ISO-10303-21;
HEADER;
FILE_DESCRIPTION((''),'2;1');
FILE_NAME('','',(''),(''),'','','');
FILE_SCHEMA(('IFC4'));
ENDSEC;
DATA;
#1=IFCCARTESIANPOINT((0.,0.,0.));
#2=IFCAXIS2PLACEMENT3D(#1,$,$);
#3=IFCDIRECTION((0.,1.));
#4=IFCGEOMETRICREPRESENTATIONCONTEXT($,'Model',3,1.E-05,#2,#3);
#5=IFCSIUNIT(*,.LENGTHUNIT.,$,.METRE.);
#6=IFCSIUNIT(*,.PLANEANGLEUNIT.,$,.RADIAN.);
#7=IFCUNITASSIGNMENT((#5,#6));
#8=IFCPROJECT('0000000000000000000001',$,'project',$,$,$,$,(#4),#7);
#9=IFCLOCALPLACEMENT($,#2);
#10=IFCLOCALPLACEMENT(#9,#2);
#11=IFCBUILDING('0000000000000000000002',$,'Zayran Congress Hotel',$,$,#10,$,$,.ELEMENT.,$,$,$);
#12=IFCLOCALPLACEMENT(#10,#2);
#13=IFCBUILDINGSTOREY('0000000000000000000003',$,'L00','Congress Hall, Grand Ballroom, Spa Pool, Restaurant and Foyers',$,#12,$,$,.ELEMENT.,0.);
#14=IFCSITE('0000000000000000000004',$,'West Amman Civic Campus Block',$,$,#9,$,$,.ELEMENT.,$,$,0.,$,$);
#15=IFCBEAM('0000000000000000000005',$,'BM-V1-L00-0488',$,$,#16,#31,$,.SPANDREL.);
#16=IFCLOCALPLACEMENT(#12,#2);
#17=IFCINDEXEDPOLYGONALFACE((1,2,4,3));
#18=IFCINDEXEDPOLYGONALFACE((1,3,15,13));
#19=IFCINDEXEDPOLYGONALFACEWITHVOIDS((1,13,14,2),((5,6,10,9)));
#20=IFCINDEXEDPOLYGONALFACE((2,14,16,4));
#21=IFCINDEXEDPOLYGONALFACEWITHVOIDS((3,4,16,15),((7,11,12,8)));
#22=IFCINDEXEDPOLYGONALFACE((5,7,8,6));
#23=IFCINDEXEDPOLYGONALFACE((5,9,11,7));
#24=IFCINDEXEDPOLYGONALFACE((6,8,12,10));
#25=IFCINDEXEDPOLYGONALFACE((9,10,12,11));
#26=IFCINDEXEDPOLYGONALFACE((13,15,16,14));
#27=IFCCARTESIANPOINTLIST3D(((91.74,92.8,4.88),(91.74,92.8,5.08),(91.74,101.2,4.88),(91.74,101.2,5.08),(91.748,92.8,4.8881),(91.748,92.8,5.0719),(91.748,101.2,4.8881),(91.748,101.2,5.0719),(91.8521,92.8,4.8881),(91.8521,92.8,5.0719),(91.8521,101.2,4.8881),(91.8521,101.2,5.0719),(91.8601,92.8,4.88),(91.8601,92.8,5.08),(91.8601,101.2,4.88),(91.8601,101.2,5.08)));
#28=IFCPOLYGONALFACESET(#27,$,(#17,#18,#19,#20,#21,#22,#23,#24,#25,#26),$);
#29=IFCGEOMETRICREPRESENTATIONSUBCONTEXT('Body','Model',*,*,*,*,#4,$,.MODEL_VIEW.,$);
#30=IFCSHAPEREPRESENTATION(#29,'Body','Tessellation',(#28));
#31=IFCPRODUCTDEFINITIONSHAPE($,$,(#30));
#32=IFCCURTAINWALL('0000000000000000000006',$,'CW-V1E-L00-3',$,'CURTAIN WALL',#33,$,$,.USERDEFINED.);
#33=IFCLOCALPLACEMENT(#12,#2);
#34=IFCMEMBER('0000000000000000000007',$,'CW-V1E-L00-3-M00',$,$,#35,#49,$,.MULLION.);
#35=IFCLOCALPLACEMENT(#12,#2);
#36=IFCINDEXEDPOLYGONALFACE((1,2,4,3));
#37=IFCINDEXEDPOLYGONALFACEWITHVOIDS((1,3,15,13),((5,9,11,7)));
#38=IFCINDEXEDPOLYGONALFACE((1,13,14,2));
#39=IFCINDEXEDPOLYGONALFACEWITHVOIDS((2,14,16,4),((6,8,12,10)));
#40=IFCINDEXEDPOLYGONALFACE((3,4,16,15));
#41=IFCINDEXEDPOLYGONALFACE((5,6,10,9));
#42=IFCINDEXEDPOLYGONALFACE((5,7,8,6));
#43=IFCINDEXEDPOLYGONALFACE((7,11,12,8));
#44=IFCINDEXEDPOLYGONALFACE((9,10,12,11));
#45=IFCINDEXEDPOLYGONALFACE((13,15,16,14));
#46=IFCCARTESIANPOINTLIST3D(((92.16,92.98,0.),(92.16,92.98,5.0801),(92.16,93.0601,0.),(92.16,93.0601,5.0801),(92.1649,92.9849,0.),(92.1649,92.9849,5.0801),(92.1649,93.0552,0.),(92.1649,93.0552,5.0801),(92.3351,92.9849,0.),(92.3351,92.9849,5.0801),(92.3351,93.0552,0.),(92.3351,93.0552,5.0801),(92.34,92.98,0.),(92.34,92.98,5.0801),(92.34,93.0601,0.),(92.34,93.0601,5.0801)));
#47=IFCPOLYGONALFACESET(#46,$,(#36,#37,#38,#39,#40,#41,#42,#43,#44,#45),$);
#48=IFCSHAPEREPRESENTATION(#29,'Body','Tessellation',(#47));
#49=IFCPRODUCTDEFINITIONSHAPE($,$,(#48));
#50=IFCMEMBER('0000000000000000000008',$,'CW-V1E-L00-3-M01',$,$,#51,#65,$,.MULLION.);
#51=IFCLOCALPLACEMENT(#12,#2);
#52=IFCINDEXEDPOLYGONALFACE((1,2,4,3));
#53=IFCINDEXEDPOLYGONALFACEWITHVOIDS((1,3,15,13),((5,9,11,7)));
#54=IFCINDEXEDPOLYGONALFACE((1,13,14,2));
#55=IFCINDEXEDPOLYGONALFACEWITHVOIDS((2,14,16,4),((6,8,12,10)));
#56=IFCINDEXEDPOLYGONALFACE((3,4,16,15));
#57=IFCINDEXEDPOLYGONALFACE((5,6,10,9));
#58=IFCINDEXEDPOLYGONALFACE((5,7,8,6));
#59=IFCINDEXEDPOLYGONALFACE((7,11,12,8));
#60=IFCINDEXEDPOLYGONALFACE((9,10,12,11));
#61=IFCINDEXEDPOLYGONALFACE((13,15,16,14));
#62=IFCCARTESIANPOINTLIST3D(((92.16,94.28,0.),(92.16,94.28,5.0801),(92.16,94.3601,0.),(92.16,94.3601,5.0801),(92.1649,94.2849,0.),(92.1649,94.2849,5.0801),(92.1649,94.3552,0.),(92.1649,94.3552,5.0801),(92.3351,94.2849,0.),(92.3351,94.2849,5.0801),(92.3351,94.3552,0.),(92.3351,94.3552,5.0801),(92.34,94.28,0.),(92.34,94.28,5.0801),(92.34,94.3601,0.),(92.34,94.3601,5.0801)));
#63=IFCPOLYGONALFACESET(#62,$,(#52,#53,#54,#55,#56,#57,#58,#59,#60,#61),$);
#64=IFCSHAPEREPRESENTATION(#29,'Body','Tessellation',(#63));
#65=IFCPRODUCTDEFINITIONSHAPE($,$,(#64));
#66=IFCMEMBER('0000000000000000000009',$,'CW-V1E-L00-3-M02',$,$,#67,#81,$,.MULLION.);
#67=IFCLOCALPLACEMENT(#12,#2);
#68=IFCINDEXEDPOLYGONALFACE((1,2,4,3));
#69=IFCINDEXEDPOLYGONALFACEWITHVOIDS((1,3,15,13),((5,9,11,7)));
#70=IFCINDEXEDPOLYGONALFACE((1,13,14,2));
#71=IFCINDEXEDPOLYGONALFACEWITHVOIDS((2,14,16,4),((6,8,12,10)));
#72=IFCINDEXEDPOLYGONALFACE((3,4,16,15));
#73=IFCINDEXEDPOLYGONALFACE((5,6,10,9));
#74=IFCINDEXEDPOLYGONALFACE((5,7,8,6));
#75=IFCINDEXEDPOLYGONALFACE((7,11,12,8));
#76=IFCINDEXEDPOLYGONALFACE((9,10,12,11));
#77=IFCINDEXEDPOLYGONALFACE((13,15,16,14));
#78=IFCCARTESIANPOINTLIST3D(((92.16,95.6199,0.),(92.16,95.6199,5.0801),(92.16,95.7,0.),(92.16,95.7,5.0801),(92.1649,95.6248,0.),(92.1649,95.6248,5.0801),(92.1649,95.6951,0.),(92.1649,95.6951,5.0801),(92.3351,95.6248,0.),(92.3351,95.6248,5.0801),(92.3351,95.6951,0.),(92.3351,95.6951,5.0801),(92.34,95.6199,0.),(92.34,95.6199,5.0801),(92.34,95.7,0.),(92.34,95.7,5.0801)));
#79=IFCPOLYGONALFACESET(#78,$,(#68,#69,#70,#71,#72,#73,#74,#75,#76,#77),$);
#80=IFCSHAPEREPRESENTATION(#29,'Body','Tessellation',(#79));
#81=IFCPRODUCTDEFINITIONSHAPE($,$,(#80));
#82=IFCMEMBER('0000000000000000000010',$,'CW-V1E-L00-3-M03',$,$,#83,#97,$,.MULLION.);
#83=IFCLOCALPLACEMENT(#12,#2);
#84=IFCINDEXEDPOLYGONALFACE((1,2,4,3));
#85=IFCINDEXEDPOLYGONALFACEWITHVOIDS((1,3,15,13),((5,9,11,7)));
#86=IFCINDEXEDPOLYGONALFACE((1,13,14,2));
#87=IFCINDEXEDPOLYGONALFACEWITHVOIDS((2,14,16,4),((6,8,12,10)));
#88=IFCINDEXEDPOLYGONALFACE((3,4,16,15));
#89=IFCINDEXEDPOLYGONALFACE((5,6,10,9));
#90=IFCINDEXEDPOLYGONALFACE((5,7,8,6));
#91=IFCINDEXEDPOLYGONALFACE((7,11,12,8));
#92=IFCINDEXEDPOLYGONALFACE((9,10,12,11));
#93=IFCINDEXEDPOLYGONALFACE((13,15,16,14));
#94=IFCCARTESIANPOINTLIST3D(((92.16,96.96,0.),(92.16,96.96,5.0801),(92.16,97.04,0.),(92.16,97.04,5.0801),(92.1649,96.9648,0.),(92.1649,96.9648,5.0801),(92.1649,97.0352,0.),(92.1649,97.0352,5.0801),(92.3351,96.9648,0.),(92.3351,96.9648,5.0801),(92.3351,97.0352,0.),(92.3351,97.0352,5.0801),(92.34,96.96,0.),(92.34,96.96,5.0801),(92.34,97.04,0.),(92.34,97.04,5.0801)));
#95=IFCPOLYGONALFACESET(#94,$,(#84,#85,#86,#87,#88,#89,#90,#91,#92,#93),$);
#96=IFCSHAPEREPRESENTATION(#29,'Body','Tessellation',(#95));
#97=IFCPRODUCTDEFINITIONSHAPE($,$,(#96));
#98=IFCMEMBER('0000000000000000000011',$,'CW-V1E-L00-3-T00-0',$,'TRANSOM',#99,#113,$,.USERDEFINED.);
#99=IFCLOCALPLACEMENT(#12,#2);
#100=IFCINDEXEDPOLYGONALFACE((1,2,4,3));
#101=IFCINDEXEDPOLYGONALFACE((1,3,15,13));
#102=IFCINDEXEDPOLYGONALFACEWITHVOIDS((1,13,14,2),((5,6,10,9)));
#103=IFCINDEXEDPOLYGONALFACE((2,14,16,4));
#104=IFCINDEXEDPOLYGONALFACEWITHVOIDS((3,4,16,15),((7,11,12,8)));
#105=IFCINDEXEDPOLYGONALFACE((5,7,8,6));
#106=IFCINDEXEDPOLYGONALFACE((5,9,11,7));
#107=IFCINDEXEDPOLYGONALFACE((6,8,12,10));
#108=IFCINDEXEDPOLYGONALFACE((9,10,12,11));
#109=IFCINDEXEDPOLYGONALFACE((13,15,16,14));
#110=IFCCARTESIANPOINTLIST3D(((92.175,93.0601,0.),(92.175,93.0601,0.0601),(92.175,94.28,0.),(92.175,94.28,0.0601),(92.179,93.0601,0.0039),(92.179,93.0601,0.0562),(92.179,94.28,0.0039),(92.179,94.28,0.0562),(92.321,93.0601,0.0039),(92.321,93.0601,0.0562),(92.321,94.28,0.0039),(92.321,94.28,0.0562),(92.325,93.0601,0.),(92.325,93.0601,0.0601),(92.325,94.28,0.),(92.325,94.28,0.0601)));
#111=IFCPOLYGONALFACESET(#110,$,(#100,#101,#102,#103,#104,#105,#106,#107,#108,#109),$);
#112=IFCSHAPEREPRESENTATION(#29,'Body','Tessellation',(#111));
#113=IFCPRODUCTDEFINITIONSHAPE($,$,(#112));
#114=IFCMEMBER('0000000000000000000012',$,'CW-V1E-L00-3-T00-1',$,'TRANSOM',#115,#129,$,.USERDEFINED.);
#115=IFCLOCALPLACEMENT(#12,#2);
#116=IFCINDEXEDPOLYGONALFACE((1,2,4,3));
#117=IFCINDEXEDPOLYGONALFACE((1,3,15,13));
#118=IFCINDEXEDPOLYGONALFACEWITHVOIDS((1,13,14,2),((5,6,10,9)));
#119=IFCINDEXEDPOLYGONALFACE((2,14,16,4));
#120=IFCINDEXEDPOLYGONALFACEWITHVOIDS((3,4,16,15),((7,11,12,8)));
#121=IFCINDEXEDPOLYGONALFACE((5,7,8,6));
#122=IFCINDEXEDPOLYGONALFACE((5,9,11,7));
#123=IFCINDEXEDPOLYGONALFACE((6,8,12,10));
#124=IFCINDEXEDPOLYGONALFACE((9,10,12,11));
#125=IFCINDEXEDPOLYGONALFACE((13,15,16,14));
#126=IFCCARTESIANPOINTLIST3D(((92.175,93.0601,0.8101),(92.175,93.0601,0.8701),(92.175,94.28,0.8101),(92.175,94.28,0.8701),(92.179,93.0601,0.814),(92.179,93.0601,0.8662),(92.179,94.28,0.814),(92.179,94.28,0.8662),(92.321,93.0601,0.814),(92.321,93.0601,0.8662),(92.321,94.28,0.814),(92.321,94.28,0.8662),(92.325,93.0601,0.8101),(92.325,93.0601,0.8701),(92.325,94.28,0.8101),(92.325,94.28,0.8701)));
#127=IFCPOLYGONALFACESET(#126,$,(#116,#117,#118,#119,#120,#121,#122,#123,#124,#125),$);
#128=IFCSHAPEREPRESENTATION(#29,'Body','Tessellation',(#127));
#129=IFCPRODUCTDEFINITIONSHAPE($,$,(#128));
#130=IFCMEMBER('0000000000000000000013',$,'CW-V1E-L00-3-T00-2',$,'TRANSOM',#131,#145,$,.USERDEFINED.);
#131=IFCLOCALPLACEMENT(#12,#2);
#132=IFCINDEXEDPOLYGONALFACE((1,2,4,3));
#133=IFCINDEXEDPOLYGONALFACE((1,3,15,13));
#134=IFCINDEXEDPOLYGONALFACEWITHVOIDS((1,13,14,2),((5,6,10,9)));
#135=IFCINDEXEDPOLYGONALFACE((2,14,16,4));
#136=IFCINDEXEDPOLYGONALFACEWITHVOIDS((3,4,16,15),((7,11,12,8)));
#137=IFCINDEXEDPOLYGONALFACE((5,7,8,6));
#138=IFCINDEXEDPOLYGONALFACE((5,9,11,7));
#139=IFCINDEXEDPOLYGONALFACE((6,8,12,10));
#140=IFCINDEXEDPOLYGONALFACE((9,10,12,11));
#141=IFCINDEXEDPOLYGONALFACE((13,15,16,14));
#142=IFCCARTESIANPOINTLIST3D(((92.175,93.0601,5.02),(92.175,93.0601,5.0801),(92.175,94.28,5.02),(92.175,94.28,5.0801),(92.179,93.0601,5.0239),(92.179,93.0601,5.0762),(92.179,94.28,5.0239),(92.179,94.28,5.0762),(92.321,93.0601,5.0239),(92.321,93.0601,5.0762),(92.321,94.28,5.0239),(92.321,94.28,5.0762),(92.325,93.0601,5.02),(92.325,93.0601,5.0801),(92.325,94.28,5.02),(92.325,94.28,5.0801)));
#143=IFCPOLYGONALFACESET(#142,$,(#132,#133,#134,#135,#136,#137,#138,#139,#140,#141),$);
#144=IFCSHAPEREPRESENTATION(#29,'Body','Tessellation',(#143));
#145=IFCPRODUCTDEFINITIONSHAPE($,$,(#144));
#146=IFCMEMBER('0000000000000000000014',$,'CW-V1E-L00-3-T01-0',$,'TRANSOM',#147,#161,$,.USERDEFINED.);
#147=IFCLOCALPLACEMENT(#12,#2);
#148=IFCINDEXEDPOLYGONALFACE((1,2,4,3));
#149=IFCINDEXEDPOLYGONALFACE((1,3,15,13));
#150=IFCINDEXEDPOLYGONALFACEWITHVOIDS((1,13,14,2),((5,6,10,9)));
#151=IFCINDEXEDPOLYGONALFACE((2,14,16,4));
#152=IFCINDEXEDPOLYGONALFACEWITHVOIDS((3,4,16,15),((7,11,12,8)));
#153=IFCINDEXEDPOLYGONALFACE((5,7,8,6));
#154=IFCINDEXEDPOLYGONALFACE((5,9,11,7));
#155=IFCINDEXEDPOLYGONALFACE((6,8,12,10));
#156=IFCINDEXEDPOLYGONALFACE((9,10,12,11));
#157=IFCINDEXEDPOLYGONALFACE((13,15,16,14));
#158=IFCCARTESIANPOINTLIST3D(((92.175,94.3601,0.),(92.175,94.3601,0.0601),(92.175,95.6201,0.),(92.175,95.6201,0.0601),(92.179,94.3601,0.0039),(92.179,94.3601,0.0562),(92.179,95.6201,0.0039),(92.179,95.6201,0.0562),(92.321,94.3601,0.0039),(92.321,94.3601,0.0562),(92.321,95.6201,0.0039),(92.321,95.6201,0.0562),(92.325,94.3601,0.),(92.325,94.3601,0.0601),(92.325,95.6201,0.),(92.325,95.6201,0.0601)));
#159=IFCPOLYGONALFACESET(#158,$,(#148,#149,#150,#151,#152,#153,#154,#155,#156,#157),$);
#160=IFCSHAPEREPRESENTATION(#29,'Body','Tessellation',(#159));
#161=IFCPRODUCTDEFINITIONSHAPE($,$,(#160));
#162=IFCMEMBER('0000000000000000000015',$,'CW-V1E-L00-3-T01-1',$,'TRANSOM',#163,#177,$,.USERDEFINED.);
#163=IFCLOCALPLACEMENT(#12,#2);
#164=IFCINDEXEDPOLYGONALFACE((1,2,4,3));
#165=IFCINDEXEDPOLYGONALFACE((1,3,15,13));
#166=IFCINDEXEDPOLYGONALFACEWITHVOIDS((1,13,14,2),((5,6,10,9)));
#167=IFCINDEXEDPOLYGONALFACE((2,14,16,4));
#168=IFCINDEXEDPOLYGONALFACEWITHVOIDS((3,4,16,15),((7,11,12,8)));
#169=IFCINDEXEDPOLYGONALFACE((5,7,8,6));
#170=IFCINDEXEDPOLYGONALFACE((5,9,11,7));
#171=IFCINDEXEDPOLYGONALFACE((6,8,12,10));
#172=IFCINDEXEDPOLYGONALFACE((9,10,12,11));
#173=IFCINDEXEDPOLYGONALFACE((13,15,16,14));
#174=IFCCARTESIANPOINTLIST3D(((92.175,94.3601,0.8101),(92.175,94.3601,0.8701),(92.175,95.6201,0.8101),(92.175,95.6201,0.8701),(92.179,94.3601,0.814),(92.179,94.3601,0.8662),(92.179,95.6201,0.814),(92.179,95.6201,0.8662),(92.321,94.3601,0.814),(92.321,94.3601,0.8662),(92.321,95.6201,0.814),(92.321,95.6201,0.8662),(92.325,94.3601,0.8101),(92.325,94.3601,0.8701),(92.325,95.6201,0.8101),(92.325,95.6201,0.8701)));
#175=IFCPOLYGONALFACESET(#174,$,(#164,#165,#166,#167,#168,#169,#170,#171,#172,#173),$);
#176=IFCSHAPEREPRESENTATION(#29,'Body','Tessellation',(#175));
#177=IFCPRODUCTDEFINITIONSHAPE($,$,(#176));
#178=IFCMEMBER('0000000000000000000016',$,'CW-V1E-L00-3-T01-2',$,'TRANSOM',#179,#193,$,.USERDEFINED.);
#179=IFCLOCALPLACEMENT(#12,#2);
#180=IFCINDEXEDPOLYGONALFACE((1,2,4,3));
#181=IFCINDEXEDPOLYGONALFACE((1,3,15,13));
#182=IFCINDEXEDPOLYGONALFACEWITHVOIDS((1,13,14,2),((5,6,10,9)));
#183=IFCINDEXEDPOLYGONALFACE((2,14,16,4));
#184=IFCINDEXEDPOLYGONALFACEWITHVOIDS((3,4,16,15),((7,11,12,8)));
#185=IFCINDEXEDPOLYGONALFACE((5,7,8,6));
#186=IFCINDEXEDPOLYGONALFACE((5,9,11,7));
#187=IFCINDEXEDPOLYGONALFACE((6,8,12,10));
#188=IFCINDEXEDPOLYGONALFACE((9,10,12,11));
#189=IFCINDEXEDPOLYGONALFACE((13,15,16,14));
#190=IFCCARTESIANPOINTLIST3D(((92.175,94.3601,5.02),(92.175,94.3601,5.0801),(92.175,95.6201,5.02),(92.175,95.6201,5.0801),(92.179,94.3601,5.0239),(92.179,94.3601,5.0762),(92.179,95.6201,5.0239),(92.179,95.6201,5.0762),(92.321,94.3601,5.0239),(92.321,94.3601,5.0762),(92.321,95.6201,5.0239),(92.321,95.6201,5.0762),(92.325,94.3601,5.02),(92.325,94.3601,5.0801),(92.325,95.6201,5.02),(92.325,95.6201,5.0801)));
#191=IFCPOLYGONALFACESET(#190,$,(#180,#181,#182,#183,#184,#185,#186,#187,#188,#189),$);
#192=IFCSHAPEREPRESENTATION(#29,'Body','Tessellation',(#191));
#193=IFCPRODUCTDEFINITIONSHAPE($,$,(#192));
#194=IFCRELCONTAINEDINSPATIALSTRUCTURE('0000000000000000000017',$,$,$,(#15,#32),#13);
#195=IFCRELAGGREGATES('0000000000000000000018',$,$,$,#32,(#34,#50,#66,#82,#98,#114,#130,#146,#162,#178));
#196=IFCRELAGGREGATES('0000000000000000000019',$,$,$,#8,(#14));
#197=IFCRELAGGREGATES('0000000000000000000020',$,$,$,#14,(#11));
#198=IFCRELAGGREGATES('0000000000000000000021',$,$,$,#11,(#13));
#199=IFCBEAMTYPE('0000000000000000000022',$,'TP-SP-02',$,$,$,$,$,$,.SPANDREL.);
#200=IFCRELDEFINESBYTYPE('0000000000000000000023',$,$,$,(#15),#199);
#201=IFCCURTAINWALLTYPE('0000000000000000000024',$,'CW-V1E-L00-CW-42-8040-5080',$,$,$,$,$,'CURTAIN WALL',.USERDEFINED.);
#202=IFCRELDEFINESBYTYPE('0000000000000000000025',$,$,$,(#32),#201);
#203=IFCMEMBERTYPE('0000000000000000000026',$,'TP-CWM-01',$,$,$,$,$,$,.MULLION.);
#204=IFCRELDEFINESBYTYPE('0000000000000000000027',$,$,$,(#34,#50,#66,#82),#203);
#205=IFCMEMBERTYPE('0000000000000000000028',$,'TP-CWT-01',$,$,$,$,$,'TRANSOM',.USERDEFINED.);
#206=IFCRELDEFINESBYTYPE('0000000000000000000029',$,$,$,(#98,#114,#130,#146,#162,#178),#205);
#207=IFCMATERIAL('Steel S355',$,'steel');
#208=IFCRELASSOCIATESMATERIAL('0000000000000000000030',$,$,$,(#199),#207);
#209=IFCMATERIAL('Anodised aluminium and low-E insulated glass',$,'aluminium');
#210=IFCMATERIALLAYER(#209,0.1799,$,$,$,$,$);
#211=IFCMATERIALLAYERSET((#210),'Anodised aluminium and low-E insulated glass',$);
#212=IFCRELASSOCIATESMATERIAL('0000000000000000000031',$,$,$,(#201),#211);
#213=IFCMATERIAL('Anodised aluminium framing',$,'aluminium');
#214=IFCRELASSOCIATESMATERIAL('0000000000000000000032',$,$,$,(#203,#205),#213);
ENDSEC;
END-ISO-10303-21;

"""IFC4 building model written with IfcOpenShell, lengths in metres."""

from ifc_helpers import new_model, si_unit, direction, frame, origin, origin_2d, place, context, subcontext, project, spatial, hollow_rectangle, extrude, material, layer, layer_set, material_profile, profile_set, type_object, element, aggregate, save


model = new_model("IFC4")

# Units and contexts
model_context = context("Model", 3, precision=1e-05, world=origin(), true_north=direction((0.0, 1.0)))
body_context = subcontext(model_context, "Body", "Model", "MODEL_VIEW")
ifc_project = project(units=[si_unit("LENGTHUNIT", "METRE"), si_unit("PLANEANGLEUNIT", "RADIAN")], contexts=[model_context])

# Site, building, storey
site_placement = place(None, origin())
site = spatial("IfcSite", under=ifc_project, at=site_placement, Name="West Amman Civic Campus Block", CompositionType="ELEMENT", RefElevation=0.0)
building_placement = place(site_placement, origin())
building = spatial("IfcBuilding", under=site, at=building_placement, Name="Zayran Congress Hotel", CompositionType="ELEMENT")
storey_placement = place(building_placement, origin())
storey = spatial("IfcBuildingStorey", under=building, at=storey_placement, Name="L00", Description="Congress Hall, Grand Ballroom, Spa Pool, Restaurant and Foyers", CompositionType="ELEMENT", Elevation=0.0)

# Beam
ifc_material_1 = material(Name="Steel S355", Category="steel")
ifc_material_profile_1 = material_profile(ifc_material_1, hollow_rectangle(XDim=0.1201, YDim=0.2, WallThickness=0.0081, at=origin_2d()), Name="RHS 200x120x8")
ifc_profile_set_1 = profile_set([ifc_material_profile_1], Name="Steel S355")
beam_type = type_object("IfcBeamType", Name="TP-SP-02", PredefinedType="SPANDREL", material=ifc_profile_set_1)
beam_placement = place(storey_placement, frame((91.8, 92.8, 4.98), z_axis=(0.0, 1.0, 0.0), x_axis=(-1.0, 0.0, 0.0)))
element("IfcBeam", 1, at=beam_placement, inside=storey, type_object=beam_type, Name="BM-V1-L00-0488", PredefinedType="SPANDREL", context=body_context, shape_type="SweptSolid", body=[
    extrude(hollow_rectangle(XDim=0.1201, YDim=0.2, WallThickness=0.0081, at=origin_2d()), origin(), (0.0, 0.0, 1.0), 8.3999),
])

# Curtain wall, members
ifc_material_2 = material(Name="Anodised aluminium and low-E insulated glass", Category="aluminium")
ifc_layer_1 = layer(ifc_material_2, 0.1799)
ifc_layer_set_1 = layer_set([ifc_layer_1], Name="Anodised aluminium and low-E insulated glass")
curtain_wall_type = type_object("IfcCurtainWallType", Name="CW-V1E-L00-CW-42-8040-5080", ElementType="CURTAIN WALL", PredefinedType="USERDEFINED", material=ifc_layer_set_1)
curtain_wall_placement = place(storey_placement, origin())
curtain_wall = element("IfcCurtainWall", 2, at=curtain_wall_placement, inside=storey, type_object=curtain_wall_type, Name="CW-V1E-L00-3", ObjectType="CURTAIN WALL", PredefinedType="USERDEFINED")
ifc_material_3 = material(Name="Anodised aluminium framing", Category="aluminium")
ifc_material_profile_2 = material_profile(ifc_material_3, hollow_rectangle(XDim=0.0801, YDim=0.1799, WallThickness=0.0049, at=origin_2d()), Name="RHS 180x80x5")
ifc_profile_set_2 = profile_set([ifc_material_profile_2], Name="Anodised aluminium framing")
member_type_1 = type_object("IfcMemberType", Name="TP-CWM-01", PredefinedType="MULLION", material=ifc_profile_set_2)
member_1_placement = place(storey_placement, frame((92.25, 93.02, 0.0), z_axis=(0.0, 0.0, 1.0), x_axis=(0.0, 1.0, 0.0)))
member_1 = element("IfcMember", 3, at=member_1_placement, type_object=member_type_1, Name="CW-V1E-L00-3-M00", PredefinedType="MULLION", context=body_context, shape_type="SweptSolid", body=[
    extrude(hollow_rectangle(XDim=0.0801, YDim=0.1799, WallThickness=0.0049, at=origin_2d()), origin(), (0.0, 0.0, 1.0), 5.0801),
])
member_2_placement = place(storey_placement, frame((92.25, 94.3201, 0.0), z_axis=(0.0, 0.0, 1.0), x_axis=(0.0, 1.0, 0.0)))
member_2 = element("IfcMember", 4, at=member_2_placement, type_object=member_type_1, Name="CW-V1E-L00-3-M01", PredefinedType="MULLION", context=body_context, shape_type="SweptSolid", body=[
    extrude(hollow_rectangle(XDim=0.0801, YDim=0.1799, WallThickness=0.0049, at=origin_2d()), origin(), (0.0, 0.0, 1.0), 5.0801),
])
member_3_placement = place(storey_placement, frame((92.25, 95.6599, 0.0), z_axis=(0.0, 0.0, 1.0), x_axis=(0.0, 1.0, 0.0)))
member_3 = element("IfcMember", 5, at=member_3_placement, type_object=member_type_1, Name="CW-V1E-L00-3-M02", PredefinedType="MULLION", context=body_context, shape_type="SweptSolid", body=[
    extrude(hollow_rectangle(XDim=0.0801, YDim=0.1799, WallThickness=0.0049, at=origin_2d()), origin(), (0.0, 0.0, 1.0), 5.0801),
])
member_4_placement = place(storey_placement, frame((92.25, 97.0, 0.0), z_axis=(0.0, 0.0, 1.0), x_axis=(0.0, 1.0, 0.0)))
member_4 = element("IfcMember", 6, at=member_4_placement, type_object=member_type_1, Name="CW-V1E-L00-3-M03", PredefinedType="MULLION", context=body_context, shape_type="SweptSolid", body=[
    extrude(hollow_rectangle(XDim=0.0801, YDim=0.1799, WallThickness=0.0049, at=origin_2d()), origin(), (0.0, 0.0, 1.0), 5.0801),
])
ifc_material_profile_3 = material_profile(ifc_material_3, hollow_rectangle(XDim=0.0601, YDim=0.1499, WallThickness=0.0039, at=origin_2d()), Name="RHS 150x60x4")
ifc_profile_set_3 = profile_set([ifc_material_profile_3], Name="Anodised aluminium framing")
member_type_2 = type_object("IfcMemberType", Name="TP-CWT-01", ElementType="TRANSOM", PredefinedType="USERDEFINED", material=ifc_profile_set_3)
member_5_placement = place(storey_placement, frame((92.25, 93.0601, 0.03), z_axis=(0.0, 1.0, 0.0), x_axis=(0.0, 0.0, 1.0)))
member_5 = element("IfcMember", 7, at=member_5_placement, type_object=member_type_2, Name="CW-V1E-L00-3-T00-0", ObjectType="TRANSOM", PredefinedType="USERDEFINED", context=body_context, shape_type="SweptSolid", body=[
    extrude(hollow_rectangle(XDim=0.0601, YDim=0.1499, WallThickness=0.0039, at=origin_2d()), origin(), (0.0, 0.0, 1.0), 1.22),
])
member_6_placement = place(storey_placement, frame((92.25, 93.0601, 0.8401), z_axis=(0.0, 1.0, 0.0), x_axis=(0.0, 0.0, 1.0)))
member_6 = element("IfcMember", 8, at=member_6_placement, type_object=member_type_2, Name="CW-V1E-L00-3-T00-1", ObjectType="TRANSOM", PredefinedType="USERDEFINED", context=body_context, shape_type="SweptSolid", body=[
    extrude(hollow_rectangle(XDim=0.0601, YDim=0.1499, WallThickness=0.0039, at=origin_2d()), origin(), (0.0, 0.0, 1.0), 1.22),
])
member_7_placement = place(storey_placement, frame((92.25, 93.0601, 5.05), z_axis=(0.0, 1.0, 0.0), x_axis=(0.0, 0.0, 1.0)))
member_7 = element("IfcMember", 9, at=member_7_placement, type_object=member_type_2, Name="CW-V1E-L00-3-T00-2", ObjectType="TRANSOM", PredefinedType="USERDEFINED", context=body_context, shape_type="SweptSolid", body=[
    extrude(hollow_rectangle(XDim=0.0601, YDim=0.1499, WallThickness=0.0039, at=origin_2d()), origin(), (0.0, 0.0, 1.0), 1.22),
])
member_8_placement = place(storey_placement, frame((92.25, 94.3601, 0.03), z_axis=(0.0, 1.0, 0.0), x_axis=(0.0, 0.0, 1.0)))
member_8 = element("IfcMember", 10, at=member_8_placement, type_object=member_type_2, Name="CW-V1E-L00-3-T01-0", ObjectType="TRANSOM", PredefinedType="USERDEFINED", context=body_context, shape_type="SweptSolid", body=[
    extrude(hollow_rectangle(XDim=0.0601, YDim=0.1499, WallThickness=0.0039, at=origin_2d()), origin(), (0.0, 0.0, 1.0), 1.26),
])
member_9_placement = place(storey_placement, frame((92.25, 94.3601, 0.8401), z_axis=(0.0, 1.0, 0.0), x_axis=(0.0, 0.0, 1.0)))
member_9 = element("IfcMember", 11, at=member_9_placement, type_object=member_type_2, Name="CW-V1E-L00-3-T01-1", ObjectType="TRANSOM", PredefinedType="USERDEFINED", context=body_context, shape_type="SweptSolid", body=[
    extrude(hollow_rectangle(XDim=0.0601, YDim=0.1499, WallThickness=0.0039, at=origin_2d()), origin(), (0.0, 0.0, 1.0), 1.26),
])
member_10_placement = place(storey_placement, frame((92.25, 94.3601, 5.05), z_axis=(0.0, 1.0, 0.0), x_axis=(0.0, 0.0, 1.0)))
member_10 = element("IfcMember", 12, at=member_10_placement, type_object=member_type_2, Name="CW-V1E-L00-3-T01-2", ObjectType="TRANSOM", PredefinedType="USERDEFINED", context=body_context, shape_type="SweptSolid", body=[
    extrude(hollow_rectangle(XDim=0.0601, YDim=0.1499, WallThickness=0.0039, at=origin_2d()), origin(), (0.0, 0.0, 1.0), 1.26),
])
aggregate(curtain_wall, [member_1, member_2, member_3, member_4, member_5, member_6, member_7, member_8, member_9, member_10])

save(model, "model.ifc")
